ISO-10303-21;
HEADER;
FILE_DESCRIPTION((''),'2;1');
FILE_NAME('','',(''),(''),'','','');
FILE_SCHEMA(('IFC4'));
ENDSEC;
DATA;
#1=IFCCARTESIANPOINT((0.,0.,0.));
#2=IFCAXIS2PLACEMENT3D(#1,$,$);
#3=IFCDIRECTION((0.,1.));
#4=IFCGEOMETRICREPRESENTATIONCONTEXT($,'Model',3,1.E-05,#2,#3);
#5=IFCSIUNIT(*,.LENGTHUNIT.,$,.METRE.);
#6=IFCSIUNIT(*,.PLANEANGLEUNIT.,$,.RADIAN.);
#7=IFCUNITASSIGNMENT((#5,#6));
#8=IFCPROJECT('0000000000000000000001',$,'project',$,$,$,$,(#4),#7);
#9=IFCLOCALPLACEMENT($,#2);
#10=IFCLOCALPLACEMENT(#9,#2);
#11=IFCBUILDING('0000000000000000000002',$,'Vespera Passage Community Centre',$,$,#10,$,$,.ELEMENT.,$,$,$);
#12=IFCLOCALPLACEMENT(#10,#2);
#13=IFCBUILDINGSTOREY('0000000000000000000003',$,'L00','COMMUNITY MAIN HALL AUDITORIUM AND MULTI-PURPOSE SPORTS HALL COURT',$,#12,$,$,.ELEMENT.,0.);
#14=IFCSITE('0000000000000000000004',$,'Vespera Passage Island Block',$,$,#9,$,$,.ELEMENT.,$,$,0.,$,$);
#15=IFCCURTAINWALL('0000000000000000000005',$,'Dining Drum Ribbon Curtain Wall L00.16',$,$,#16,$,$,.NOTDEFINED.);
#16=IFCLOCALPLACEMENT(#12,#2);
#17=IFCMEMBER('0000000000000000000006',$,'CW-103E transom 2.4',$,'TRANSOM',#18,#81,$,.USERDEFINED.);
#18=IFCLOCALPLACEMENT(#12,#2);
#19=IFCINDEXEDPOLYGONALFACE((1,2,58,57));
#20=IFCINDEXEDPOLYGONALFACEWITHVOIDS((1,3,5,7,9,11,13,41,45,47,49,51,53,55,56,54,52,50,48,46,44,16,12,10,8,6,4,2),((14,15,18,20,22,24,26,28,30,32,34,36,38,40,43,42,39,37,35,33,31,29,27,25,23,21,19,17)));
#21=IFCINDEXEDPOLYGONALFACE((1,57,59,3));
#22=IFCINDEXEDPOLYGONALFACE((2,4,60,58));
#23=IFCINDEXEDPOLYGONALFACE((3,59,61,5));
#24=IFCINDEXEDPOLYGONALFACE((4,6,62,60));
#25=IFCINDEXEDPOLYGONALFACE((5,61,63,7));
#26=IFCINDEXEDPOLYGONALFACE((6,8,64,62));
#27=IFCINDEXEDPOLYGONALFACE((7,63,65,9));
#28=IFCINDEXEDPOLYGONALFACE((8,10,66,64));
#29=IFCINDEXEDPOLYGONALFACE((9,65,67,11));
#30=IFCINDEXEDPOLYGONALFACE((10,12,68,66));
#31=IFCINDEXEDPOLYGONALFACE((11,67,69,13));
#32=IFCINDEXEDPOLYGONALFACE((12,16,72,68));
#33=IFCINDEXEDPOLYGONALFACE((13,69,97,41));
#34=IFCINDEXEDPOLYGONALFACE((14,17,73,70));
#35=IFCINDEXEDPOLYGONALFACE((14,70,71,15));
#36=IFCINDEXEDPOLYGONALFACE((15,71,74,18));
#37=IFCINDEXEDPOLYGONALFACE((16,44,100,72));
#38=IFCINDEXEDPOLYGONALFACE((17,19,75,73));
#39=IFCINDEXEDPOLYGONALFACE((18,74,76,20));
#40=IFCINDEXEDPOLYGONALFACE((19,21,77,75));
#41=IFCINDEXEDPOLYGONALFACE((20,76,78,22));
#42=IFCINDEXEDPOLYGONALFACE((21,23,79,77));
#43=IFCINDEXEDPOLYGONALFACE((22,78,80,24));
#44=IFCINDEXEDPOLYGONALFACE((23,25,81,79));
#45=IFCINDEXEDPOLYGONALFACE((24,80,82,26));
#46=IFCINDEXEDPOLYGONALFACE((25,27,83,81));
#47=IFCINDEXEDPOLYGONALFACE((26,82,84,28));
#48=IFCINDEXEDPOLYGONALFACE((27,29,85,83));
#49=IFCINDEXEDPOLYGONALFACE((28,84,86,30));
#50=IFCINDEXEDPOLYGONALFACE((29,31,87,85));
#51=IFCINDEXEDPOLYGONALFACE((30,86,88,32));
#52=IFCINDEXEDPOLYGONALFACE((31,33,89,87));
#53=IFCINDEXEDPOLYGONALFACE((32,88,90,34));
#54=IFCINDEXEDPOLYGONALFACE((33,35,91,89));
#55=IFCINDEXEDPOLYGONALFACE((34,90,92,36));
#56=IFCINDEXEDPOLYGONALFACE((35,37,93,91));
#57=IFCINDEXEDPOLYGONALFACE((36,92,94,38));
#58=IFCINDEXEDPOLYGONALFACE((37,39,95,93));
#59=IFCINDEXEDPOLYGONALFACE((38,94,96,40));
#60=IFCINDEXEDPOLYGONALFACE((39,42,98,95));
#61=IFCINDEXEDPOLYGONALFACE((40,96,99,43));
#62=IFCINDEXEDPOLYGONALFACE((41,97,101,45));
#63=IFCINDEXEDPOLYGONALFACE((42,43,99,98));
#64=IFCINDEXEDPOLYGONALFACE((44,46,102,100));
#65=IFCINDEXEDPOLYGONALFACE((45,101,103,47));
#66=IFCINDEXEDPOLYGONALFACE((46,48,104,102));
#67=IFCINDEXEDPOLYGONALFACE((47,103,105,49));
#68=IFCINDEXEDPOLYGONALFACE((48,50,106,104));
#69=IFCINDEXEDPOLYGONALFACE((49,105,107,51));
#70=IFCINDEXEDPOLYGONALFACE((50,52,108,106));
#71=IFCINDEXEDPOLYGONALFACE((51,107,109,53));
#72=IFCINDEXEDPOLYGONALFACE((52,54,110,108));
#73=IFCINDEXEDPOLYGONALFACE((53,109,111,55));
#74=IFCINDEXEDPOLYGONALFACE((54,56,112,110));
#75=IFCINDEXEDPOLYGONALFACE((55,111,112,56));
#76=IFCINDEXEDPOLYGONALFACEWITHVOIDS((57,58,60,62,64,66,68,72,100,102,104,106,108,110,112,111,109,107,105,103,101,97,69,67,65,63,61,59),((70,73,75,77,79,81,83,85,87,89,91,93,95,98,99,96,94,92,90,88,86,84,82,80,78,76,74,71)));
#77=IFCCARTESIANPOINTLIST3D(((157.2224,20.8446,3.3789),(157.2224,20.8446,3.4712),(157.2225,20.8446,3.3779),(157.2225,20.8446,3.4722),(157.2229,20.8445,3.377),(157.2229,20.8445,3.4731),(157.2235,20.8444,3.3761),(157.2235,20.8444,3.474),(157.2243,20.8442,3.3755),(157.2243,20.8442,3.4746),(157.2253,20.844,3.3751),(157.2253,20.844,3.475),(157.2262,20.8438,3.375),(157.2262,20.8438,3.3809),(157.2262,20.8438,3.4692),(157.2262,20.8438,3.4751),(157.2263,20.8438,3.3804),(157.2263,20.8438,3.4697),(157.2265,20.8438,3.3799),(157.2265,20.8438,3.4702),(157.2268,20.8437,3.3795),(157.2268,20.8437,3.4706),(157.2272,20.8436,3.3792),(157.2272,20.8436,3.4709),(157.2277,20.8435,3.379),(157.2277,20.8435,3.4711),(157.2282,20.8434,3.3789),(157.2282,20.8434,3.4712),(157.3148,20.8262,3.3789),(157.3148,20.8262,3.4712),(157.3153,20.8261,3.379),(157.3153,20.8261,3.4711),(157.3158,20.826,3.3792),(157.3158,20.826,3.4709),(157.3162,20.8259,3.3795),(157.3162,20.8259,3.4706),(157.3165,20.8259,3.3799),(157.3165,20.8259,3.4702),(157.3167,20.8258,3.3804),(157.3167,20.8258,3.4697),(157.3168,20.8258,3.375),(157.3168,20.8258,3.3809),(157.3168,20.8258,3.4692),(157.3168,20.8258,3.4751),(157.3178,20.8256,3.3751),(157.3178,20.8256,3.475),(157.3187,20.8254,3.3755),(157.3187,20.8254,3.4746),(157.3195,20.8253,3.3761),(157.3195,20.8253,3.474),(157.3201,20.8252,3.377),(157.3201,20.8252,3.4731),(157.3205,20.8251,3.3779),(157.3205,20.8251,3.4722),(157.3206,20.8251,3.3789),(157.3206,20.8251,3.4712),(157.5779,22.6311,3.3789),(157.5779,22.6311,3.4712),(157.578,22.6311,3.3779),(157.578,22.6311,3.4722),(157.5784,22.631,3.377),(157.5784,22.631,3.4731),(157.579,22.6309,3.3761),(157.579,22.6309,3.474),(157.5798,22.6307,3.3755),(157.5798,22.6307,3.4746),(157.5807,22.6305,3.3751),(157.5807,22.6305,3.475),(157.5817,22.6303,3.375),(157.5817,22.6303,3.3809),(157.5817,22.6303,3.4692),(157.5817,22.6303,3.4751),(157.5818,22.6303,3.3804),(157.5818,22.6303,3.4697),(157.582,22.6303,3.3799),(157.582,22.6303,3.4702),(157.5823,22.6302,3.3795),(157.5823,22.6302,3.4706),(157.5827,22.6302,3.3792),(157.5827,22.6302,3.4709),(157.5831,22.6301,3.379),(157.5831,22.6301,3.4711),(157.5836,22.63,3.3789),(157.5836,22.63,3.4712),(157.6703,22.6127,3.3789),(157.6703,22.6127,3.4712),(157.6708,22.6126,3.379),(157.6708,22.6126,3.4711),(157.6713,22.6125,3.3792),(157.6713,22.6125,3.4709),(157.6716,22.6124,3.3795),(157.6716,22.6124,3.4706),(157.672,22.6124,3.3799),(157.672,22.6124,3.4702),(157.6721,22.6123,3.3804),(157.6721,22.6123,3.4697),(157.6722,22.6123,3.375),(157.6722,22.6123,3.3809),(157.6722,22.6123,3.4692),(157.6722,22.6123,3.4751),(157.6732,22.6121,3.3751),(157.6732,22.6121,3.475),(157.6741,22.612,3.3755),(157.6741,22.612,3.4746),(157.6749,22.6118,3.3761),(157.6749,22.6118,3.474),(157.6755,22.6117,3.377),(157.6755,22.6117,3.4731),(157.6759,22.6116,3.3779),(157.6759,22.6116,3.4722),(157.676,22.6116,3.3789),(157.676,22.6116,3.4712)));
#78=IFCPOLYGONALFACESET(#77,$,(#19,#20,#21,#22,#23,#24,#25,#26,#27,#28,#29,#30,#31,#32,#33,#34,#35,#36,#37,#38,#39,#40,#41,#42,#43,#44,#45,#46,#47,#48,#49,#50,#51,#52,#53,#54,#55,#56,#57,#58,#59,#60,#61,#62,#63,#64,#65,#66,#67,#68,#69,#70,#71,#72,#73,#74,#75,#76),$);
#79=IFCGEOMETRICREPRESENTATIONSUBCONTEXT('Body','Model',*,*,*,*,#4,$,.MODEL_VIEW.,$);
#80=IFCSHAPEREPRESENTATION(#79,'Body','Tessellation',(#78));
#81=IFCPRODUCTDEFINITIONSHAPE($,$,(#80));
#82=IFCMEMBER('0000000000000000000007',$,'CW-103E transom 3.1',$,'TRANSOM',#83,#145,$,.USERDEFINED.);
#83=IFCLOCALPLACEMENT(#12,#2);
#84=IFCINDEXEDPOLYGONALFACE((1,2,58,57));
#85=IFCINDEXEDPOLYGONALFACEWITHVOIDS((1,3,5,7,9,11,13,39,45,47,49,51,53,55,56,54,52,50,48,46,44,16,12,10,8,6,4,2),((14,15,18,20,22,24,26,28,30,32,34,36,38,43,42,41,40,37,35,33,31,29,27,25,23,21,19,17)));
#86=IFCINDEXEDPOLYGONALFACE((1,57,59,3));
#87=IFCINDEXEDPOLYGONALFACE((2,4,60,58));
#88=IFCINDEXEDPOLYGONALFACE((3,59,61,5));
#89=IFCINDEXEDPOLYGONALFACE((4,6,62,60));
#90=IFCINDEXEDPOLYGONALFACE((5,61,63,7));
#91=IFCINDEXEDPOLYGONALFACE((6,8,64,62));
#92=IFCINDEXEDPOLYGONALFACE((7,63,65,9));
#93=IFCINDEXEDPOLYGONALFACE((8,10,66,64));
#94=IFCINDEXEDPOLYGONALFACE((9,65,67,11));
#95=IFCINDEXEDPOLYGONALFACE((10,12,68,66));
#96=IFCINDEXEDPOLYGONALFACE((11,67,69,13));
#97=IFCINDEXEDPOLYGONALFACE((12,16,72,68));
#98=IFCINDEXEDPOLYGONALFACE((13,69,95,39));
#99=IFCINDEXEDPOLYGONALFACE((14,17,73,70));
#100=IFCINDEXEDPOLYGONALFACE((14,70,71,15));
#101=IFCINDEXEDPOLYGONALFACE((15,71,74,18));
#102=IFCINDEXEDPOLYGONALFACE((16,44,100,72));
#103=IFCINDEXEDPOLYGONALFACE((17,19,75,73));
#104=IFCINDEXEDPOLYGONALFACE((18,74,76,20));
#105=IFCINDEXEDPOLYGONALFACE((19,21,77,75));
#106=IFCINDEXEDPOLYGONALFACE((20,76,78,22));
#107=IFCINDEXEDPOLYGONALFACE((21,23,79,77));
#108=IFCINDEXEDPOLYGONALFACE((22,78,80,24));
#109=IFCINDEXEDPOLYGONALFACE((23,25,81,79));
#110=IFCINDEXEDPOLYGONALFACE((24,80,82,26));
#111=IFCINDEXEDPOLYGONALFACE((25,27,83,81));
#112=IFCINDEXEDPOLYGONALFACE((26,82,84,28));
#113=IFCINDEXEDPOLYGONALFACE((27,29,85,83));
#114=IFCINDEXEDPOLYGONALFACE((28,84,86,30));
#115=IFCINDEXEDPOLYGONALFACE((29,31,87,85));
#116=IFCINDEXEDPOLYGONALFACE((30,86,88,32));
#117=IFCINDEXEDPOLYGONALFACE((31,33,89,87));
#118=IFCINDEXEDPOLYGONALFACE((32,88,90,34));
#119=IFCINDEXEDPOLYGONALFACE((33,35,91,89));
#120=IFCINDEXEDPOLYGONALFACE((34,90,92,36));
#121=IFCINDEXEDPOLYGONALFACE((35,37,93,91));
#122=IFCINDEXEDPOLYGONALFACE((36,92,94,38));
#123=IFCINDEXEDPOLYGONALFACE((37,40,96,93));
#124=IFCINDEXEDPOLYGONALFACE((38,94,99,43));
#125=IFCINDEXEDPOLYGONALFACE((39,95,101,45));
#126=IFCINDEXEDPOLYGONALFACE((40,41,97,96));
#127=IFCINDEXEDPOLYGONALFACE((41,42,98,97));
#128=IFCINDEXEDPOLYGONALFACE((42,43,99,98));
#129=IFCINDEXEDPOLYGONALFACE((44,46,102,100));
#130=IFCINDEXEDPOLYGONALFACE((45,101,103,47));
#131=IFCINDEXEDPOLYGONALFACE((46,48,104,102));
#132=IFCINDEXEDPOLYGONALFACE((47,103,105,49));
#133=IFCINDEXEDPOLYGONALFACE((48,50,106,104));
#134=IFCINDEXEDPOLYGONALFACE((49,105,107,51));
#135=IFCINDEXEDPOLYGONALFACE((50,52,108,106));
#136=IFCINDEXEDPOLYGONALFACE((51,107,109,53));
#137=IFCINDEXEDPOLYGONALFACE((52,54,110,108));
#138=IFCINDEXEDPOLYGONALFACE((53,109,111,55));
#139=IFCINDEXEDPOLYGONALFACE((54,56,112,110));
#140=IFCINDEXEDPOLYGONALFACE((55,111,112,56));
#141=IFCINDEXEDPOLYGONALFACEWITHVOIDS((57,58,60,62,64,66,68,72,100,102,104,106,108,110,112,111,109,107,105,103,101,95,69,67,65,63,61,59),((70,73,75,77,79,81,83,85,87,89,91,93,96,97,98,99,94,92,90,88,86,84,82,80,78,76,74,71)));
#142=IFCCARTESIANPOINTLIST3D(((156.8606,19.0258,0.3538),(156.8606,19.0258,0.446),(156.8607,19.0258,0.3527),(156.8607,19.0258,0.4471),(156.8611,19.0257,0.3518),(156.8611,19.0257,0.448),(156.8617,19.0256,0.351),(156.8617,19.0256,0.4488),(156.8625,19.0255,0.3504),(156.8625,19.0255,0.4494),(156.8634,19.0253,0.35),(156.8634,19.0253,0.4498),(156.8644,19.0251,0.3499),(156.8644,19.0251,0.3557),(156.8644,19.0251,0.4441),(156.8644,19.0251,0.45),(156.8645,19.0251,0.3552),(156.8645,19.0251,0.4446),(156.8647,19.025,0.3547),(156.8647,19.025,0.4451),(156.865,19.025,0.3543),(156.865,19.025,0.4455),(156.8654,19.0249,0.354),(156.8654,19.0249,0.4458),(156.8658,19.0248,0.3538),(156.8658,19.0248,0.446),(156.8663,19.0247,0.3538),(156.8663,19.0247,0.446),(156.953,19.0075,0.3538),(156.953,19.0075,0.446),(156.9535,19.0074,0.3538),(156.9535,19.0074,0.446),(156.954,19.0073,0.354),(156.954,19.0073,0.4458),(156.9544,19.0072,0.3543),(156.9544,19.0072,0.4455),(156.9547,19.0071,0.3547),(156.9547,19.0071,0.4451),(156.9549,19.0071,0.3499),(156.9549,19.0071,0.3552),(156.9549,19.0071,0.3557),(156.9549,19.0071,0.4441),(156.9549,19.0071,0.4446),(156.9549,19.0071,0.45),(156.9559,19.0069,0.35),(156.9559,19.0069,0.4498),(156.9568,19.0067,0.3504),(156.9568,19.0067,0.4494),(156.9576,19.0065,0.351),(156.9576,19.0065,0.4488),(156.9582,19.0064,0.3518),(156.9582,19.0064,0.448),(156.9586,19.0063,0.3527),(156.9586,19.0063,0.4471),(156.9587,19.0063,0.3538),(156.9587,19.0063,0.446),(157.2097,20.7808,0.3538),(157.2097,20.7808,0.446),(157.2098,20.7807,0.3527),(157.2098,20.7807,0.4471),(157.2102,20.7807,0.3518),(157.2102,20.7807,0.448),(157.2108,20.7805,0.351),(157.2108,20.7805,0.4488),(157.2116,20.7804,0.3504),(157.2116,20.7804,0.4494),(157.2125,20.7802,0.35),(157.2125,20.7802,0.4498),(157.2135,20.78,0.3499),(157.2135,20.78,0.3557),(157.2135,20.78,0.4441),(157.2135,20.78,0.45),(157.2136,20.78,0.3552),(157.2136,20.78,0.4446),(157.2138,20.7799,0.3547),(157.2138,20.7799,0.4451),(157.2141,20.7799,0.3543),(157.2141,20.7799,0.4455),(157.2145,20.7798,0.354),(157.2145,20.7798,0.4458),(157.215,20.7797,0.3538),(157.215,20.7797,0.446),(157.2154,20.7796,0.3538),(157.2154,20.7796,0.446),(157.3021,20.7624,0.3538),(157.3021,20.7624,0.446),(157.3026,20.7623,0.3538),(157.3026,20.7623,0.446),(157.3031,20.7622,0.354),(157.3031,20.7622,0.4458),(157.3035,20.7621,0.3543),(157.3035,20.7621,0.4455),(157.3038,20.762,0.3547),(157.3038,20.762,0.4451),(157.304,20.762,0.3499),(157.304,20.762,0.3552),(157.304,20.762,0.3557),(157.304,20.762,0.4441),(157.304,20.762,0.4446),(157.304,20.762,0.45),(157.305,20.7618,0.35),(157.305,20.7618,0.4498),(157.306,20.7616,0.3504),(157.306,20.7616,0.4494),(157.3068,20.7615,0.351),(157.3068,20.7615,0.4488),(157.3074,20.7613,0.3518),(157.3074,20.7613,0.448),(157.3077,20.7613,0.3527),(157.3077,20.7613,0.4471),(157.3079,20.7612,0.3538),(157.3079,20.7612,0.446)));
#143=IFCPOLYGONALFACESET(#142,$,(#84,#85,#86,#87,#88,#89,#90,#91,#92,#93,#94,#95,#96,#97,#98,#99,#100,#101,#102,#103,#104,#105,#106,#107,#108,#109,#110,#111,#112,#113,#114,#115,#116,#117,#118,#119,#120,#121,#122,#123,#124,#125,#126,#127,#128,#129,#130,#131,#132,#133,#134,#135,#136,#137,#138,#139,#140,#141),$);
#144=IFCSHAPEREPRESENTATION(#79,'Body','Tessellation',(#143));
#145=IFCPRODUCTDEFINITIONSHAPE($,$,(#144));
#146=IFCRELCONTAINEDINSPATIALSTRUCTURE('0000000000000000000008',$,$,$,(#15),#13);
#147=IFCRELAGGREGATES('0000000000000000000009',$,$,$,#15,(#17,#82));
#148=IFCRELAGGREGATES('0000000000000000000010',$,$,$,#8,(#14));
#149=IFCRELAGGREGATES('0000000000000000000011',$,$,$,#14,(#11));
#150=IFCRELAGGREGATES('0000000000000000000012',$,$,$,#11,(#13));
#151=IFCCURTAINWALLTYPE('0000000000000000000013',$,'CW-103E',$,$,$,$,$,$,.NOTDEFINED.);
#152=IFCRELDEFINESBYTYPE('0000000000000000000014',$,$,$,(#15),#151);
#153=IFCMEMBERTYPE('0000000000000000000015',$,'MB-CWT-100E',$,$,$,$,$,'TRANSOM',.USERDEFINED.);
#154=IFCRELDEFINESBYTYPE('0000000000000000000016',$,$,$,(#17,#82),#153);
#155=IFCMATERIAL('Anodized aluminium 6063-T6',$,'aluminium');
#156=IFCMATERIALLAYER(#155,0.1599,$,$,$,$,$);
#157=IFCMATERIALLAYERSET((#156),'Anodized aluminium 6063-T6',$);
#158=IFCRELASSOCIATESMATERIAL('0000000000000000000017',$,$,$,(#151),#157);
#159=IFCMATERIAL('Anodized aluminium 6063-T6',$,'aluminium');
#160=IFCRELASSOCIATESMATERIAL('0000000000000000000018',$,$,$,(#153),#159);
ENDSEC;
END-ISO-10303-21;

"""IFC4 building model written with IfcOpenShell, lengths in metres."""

from ifc_helpers import new_model, si_unit, direction, frame, origin, origin_2d, place, context, subcontext, project, spatial, hollow_rectangle, extrude, material, layer, layer_set, material_profile, profile_set, type_object, element, aggregate, save


model = new_model("IFC4")

# Units and contexts
model_context = context("Model", 3, precision=1e-05, world=origin(), true_north=direction((0.0, 1.0)))
body_context = subcontext(model_context, "Body", "Model", "MODEL_VIEW")
ifc_project = project(units=[si_unit("LENGTHUNIT", "METRE"), si_unit("PLANEANGLEUNIT", "RADIAN")], contexts=[model_context])

# Site, building, storey
site_placement = place(None, origin())
site = spatial("IfcSite", under=ifc_project, at=site_placement, Name="Vespera Passage Island Block", CompositionType="ELEMENT", RefElevation=0.0)
building_placement = place(site_placement, origin())
building = spatial("IfcBuilding", under=site, at=building_placement, Name="Vespera Passage Community Centre", CompositionType="ELEMENT")
storey_placement = place(building_placement, origin())
storey = spatial("IfcBuildingStorey", under=building, at=storey_placement, Name="L00", Description="COMMUNITY MAIN HALL AUDITORIUM AND MULTI-PURPOSE SPORTS HALL COURT", CompositionType="ELEMENT", Elevation=0.0)

# Curtain wall, members
ifc_material_1 = material(Name="Anodized aluminium 6063-T6", Category="aluminium")
ifc_layer_1 = layer(ifc_material_1, 0.1599)
ifc_layer_set_1 = layer_set([ifc_layer_1], Name="Anodized aluminium 6063-T6")
curtain_wall_type = type_object("IfcCurtainWallType", Name="CW-103E", PredefinedType="NOTDEFINED", material=ifc_layer_set_1)
curtain_wall_placement = place(storey_placement, origin())
curtain_wall = element("IfcCurtainWall", 1, at=curtain_wall_placement, inside=storey, type_object=curtain_wall_type, Name="Dining Drum Ribbon Curtain Wall L00.16", PredefinedType="NOTDEFINED")
ifc_material_2 = material(Name="Anodized aluminium 6063-T6", Category="aluminium")
ifc_material_profile_1 = material_profile(ifc_material_2, hollow_rectangle(XDim=0.1001, YDim=0.1001, WallThickness=0.0039, InnerFilletRadius=0.002, OuterFilletRadius=0.0039, at=origin_2d()), Name="ALU100X100X4")
ifc_profile_set_1 = profile_set([ifc_material_profile_1], Name="Anodized aluminium 6063-T6")
member_type_1 = type_object("IfcMemberType", Name="MB-CWT-100E", ElementType="TRANSOM", PredefinedType="USERDEFINED", material=ifc_profile_set_1)
member_1_placement = place(storey_placement, frame((157.627, 22.6213, 3.425), z_axis=(-0.195137, -0.980776, 0.0), x_axis=(0.980776, -0.195137, 0.0)))
member_1 = element("IfcMember", 2, at=member_1_placement, type_object=member_type_1, Name="CW-103E transom 2.4", ObjectType="TRANSOM", PredefinedType="USERDEFINED", context=body_context, shape_type="SweptSolid", body=[
    extrude(hollow_rectangle(XDim=0.1001, YDim=0.1001, WallThickness=0.0039, InnerFilletRadius=0.002, OuterFilletRadius=0.0039, at=origin_2d()), origin(), (0.0, 0.0, 1.0), 1.8215),
])
member_2_placement = place(storey_placement, frame((157.2588, 20.771, 0.3999), z_axis=(-0.195119, -0.98078, 0.0), x_axis=(0.98078, -0.195119, 0.0)))
member_2 = element("IfcMember", 3, at=member_2_placement, type_object=member_type_1, Name="CW-103E transom 3.1", ObjectType="TRANSOM", PredefinedType="USERDEFINED", context=body_context, shape_type="SweptSolid", body=[
    extrude(hollow_rectangle(XDim=0.1001, YDim=0.1001, WallThickness=0.0039, InnerFilletRadius=0.002, OuterFilletRadius=0.0039, at=origin_2d()), origin(), (0.0, 0.0, 1.0), 1.7893),
])
aggregate(curtain_wall, [member_1, member_2])

save(model, "model.ifc")
